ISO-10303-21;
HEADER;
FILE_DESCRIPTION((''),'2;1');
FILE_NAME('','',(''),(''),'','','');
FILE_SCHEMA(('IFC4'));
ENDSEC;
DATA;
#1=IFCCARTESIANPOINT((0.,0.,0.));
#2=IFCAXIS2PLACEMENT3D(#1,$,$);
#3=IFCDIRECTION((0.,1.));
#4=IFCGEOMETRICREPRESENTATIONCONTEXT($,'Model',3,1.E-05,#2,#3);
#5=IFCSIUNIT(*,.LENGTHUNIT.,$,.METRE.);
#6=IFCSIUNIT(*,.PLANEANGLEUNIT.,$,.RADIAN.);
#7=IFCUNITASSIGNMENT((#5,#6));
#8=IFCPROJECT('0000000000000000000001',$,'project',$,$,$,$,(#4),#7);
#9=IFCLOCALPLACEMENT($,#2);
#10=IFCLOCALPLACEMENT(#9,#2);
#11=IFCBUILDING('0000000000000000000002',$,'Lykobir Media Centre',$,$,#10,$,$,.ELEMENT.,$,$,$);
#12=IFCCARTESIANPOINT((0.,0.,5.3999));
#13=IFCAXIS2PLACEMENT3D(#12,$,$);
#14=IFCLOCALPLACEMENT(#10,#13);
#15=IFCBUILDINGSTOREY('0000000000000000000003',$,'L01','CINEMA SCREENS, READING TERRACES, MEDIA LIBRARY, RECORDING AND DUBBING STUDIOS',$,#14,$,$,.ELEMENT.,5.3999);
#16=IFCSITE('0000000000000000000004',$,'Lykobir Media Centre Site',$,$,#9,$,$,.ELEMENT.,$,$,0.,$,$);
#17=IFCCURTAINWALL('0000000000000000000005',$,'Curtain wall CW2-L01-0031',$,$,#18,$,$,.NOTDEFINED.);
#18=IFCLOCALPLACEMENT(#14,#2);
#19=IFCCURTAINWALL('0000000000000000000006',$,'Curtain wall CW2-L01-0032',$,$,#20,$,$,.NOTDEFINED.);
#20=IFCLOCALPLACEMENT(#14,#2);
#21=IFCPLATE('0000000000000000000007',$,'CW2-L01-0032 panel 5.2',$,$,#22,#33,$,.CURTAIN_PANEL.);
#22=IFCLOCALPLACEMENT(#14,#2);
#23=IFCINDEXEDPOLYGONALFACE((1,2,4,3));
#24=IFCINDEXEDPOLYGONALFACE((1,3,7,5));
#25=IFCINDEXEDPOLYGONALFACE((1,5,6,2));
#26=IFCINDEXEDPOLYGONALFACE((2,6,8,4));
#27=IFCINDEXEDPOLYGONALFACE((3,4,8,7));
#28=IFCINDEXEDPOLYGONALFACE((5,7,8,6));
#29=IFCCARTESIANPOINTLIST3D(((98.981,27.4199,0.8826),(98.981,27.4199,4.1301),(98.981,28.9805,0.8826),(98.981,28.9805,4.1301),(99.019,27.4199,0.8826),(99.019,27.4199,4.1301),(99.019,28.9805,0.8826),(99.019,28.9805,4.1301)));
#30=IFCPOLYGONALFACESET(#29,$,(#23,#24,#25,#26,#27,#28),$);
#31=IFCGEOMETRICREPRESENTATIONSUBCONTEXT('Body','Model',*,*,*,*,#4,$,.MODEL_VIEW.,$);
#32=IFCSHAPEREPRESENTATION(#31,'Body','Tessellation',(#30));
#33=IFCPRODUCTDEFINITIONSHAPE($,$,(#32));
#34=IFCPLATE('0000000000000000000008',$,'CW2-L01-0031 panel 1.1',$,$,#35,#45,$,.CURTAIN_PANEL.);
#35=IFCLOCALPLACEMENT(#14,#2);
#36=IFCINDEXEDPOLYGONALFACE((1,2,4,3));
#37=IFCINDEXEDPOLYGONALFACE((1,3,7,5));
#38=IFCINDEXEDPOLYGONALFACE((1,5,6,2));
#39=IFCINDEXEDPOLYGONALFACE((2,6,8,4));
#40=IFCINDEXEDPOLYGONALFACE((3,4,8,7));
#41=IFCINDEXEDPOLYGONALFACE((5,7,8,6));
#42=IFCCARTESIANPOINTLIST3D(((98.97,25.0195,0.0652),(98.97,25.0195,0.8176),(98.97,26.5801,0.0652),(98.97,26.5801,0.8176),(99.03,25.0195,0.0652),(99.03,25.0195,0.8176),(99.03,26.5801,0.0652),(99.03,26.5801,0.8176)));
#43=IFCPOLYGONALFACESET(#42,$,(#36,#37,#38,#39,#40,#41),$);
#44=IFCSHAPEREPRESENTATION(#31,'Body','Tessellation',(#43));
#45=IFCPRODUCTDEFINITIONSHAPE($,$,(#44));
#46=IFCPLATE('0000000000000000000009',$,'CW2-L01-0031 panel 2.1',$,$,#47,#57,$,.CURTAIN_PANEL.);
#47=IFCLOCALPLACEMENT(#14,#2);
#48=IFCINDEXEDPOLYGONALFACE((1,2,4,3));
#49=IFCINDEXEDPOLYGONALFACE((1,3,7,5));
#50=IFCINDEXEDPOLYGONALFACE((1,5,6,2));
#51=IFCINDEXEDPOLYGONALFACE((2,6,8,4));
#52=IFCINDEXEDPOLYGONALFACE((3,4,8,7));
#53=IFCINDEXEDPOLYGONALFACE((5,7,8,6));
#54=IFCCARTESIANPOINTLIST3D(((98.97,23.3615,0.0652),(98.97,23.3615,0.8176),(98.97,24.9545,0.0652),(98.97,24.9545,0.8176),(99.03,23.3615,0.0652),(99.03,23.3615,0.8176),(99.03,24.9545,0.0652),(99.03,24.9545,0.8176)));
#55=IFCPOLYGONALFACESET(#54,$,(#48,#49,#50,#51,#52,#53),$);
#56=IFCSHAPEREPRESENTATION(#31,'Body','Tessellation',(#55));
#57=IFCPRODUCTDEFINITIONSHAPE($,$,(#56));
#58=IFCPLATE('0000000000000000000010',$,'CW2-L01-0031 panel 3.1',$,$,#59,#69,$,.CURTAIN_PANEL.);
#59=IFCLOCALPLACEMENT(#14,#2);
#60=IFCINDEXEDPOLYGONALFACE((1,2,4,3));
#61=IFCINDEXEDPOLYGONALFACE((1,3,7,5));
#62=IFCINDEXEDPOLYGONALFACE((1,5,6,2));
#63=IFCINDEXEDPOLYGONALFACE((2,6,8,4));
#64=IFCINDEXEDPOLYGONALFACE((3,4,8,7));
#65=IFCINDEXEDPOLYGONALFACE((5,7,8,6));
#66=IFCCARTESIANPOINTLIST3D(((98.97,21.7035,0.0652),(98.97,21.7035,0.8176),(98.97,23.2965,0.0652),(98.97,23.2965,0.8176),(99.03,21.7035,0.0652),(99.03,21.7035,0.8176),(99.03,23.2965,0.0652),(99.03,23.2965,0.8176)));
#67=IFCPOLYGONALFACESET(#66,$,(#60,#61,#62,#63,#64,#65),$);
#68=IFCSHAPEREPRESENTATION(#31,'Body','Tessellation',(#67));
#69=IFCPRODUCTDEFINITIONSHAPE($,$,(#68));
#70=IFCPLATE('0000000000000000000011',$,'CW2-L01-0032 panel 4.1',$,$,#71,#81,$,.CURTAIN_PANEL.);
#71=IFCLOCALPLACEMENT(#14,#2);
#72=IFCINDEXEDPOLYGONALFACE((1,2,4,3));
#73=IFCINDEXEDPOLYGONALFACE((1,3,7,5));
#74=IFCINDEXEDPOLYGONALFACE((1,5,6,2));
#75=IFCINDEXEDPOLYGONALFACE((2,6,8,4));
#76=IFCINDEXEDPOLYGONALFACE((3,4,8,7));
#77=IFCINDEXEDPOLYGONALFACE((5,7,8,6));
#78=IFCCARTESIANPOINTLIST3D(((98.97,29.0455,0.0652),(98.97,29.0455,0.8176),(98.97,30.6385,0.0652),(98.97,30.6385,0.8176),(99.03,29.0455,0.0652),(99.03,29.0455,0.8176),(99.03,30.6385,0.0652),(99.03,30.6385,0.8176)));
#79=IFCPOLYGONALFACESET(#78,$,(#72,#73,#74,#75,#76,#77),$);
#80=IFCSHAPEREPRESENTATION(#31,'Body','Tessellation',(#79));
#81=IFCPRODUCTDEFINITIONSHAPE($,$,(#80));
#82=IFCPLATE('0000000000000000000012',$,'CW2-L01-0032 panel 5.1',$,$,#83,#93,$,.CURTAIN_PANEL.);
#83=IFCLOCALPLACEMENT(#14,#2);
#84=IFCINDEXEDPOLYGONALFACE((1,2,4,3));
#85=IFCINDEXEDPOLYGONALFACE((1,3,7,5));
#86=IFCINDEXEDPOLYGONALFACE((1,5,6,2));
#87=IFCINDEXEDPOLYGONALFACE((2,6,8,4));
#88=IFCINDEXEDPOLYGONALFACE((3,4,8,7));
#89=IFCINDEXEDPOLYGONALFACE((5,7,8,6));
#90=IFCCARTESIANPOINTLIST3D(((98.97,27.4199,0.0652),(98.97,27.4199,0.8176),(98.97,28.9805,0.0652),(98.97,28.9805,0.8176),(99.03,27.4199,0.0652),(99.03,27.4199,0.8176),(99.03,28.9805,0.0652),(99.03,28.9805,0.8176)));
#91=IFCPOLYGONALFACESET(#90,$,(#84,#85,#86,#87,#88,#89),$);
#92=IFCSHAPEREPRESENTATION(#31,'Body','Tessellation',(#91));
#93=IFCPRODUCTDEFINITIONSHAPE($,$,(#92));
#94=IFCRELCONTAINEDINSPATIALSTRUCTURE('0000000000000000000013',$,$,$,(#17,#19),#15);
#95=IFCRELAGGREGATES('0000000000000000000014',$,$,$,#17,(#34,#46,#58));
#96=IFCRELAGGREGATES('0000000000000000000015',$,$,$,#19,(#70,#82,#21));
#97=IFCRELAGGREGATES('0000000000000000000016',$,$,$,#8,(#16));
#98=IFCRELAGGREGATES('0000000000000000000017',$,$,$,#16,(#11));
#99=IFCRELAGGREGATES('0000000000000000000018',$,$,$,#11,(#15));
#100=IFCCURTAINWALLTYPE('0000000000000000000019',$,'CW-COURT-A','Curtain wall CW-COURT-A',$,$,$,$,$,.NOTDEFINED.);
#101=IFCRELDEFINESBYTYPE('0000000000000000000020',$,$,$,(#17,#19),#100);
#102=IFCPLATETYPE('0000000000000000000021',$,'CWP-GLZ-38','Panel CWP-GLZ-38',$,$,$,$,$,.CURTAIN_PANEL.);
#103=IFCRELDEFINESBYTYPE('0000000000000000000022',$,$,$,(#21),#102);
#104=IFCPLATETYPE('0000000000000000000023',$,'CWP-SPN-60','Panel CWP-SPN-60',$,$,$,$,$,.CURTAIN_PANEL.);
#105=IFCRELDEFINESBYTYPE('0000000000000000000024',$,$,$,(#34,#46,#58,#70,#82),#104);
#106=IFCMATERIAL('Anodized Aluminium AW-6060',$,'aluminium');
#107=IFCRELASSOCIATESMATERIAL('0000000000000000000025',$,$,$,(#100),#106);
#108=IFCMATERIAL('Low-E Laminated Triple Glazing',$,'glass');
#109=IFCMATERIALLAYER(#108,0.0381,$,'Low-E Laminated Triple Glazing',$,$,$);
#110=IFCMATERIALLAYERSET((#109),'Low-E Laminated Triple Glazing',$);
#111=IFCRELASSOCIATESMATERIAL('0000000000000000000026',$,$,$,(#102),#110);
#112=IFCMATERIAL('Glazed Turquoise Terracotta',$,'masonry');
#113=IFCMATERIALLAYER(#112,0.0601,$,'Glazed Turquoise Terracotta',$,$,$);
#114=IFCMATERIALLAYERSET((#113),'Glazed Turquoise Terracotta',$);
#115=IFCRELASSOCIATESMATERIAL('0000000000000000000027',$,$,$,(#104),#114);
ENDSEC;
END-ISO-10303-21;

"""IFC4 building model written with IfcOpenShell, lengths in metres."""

from ifc_helpers import new_model, si_unit, direction, frame, origin, origin_2d, place, context, subcontext, project, spatial, rectangle, extrude, material, layer, layer_set, type_object, element, aggregate, save


model = new_model("IFC4")

# Units and contexts
model_context = context("Model", 3, precision=1e-05, world=origin(), true_north=direction((0.0, 1.0)))
body_context = subcontext(model_context, "Body", "Model", "MODEL_VIEW")
ifc_project = project(units=[si_unit("LENGTHUNIT", "METRE"), si_unit("PLANEANGLEUNIT", "RADIAN")], contexts=[model_context])

# Site, building, storey
site_placement = place(None, origin())
site = spatial("IfcSite", under=ifc_project, at=site_placement, Name="Lykobir Media Centre Site", CompositionType="ELEMENT", RefElevation=0.0)
building_placement = place(site_placement, origin())
building = spatial("IfcBuilding", under=site, at=building_placement, Name="Lykobir Media Centre", CompositionType="ELEMENT")
storey_placement = place(building_placement, frame((0.0, 0.0, 5.3999)))
storey = spatial("IfcBuildingStorey", under=building, at=storey_placement, Name="L01", Description="CINEMA SCREENS, READING TERRACES, MEDIA LIBRARY, RECORDING AND DUBBING STUDIOS", CompositionType="ELEMENT", Elevation=5.3999)

# Curtain walls
ifc_material_1 = material(Name="Anodized Aluminium AW-6060", Category="aluminium")
curtain_wall_type = type_object("IfcCurtainWallType", Name="CW-COURT-A", Description="Curtain wall CW-COURT-A", PredefinedType="NOTDEFINED", material=ifc_material_1)
curtain_wall_1_placement = place(storey_placement, origin())
curtain_wall_1 = element("IfcCurtainWall", 1, at=curtain_wall_1_placement, inside=storey, type_object=curtain_wall_type, Name="Curtain wall CW2-L01-0031", PredefinedType="NOTDEFINED")
curtain_wall_2_placement = place(storey_placement, origin())
curtain_wall_2 = element("IfcCurtainWall", 2, at=curtain_wall_2_placement, inside=storey, type_object=curtain_wall_type, Name="Curtain wall CW2-L01-0032", PredefinedType="NOTDEFINED")

# Plates
ifc_material_2 = material(Name="Low-E Laminated Triple Glazing", Category="glass")
ifc_layer_1 = layer(ifc_material_2, 0.0381, Name="Low-E Laminated Triple Glazing")
ifc_layer_set_1 = layer_set([ifc_layer_1], Name="Low-E Laminated Triple Glazing")
plate_type_1 = type_object("IfcPlateType", Name="CWP-GLZ-38", Description="Panel CWP-GLZ-38", PredefinedType="CURTAIN_PANEL", material=ifc_layer_set_1)
plate_1_placement = place(storey_placement, frame((99.0, 28.2002, 0.8826), z_axis=(0.0, 0.0, 1.0), x_axis=(0.0, -1.0, 0.0)))
plate_1 = element("IfcPlate", 3, at=plate_1_placement, type_object=plate_type_1, Name="CW2-L01-0032 panel 5.2", PredefinedType="CURTAIN_PANEL", context=body_context, shape_type="SweptSolid", body=[
    extrude(rectangle(XDim=1.5605, YDim=0.0381, at=origin_2d()), origin(), (0.0, 0.0, 1.0), 3.2476),
])
ifc_material_3 = material(Name="Glazed Turquoise Terracotta", Category="masonry")
ifc_layer_2 = layer(ifc_material_3, 0.0601, Name="Glazed Turquoise Terracotta")
ifc_layer_set_2 = layer_set([ifc_layer_2], Name="Glazed Turquoise Terracotta")
plate_type_2 = type_object("IfcPlateType", Name="CWP-SPN-60", Description="Panel CWP-SPN-60", PredefinedType="CURTAIN_PANEL", material=ifc_layer_set_2)
plate_2_placement = place(storey_placement, frame((99.0, 25.7998, 0.0652), z_axis=(0.0, 0.0, 1.0), x_axis=(0.0, -1.0, 0.0)))
plate_2 = element("IfcPlate", 4, at=plate_2_placement, type_object=plate_type_2, Name="CW2-L01-0031 panel 1.1", PredefinedType="CURTAIN_PANEL", context=body_context, shape_type="SweptSolid", body=[
    extrude(rectangle(XDim=1.5605, YDim=0.0601, at=origin_2d()), origin(), (0.0, 0.0, 1.0), 0.7524),
])
plate_3_placement = place(storey_placement, frame((99.0, 24.158, 0.0652), z_axis=(0.0, 0.0, 1.0), x_axis=(0.0, -1.0, 0.0)))
plate_3 = element("IfcPlate", 5, at=plate_3_placement, type_object=plate_type_2, Name="CW2-L01-0031 panel 2.1", PredefinedType="CURTAIN_PANEL", context=body_context, shape_type="SweptSolid", body=[
    extrude(rectangle(XDim=1.593, YDim=0.0601, at=origin_2d()), origin(), (0.0, 0.0, 1.0), 0.7524),
])
plate_4_placement = place(storey_placement, frame((99.0, 22.5, 0.0652), z_axis=(0.0, 0.0, 1.0), x_axis=(0.0, -1.0, 0.0)))
plate_4 = element("IfcPlate", 6, at=plate_4_placement, type_object=plate_type_2, Name="CW2-L01-0031 panel 3.1", PredefinedType="CURTAIN_PANEL", context=body_context, shape_type="SweptSolid", body=[
    extrude(rectangle(XDim=1.593, YDim=0.0601, at=origin_2d()), origin(), (0.0, 0.0, 1.0), 0.7524),
])
aggregate(curtain_wall_1, [plate_2, plate_3, plate_4])
plate_5_placement = place(storey_placement, frame((99.0, 29.842, 0.0652), z_axis=(0.0, 0.0, 1.0), x_axis=(0.0, -1.0, 0.0)))
plate_5 = element("IfcPlate", 7, at=plate_5_placement, type_object=plate_type_2, Name="CW2-L01-0032 panel 4.1", PredefinedType="CURTAIN_PANEL", context=body_context, shape_type="SweptSolid", body=[
    extrude(rectangle(XDim=1.593, YDim=0.0601, at=origin_2d()), origin(), (0.0, 0.0, 1.0), 0.7524),
])
plate_6_placement = place(storey_placement, frame((99.0, 28.2002, 0.0652), z_axis=(0.0, 0.0, 1.0), x_axis=(0.0, -1.0, 0.0)))
plate_6 = element("IfcPlate", 8, at=plate_6_placement, type_object=plate_type_2, Name="CW2-L01-0032 panel 5.1", PredefinedType="CURTAIN_PANEL", context=body_context, shape_type="SweptSolid", body=[
    extrude(rectangle(XDim=1.5605, YDim=0.0601, at=origin_2d()), origin(), (0.0, 0.0, 1.0), 0.7524),
])
aggregate(curtain_wall_2, [plate_5, plate_6, plate_1])

save(model, "model.ifc")
